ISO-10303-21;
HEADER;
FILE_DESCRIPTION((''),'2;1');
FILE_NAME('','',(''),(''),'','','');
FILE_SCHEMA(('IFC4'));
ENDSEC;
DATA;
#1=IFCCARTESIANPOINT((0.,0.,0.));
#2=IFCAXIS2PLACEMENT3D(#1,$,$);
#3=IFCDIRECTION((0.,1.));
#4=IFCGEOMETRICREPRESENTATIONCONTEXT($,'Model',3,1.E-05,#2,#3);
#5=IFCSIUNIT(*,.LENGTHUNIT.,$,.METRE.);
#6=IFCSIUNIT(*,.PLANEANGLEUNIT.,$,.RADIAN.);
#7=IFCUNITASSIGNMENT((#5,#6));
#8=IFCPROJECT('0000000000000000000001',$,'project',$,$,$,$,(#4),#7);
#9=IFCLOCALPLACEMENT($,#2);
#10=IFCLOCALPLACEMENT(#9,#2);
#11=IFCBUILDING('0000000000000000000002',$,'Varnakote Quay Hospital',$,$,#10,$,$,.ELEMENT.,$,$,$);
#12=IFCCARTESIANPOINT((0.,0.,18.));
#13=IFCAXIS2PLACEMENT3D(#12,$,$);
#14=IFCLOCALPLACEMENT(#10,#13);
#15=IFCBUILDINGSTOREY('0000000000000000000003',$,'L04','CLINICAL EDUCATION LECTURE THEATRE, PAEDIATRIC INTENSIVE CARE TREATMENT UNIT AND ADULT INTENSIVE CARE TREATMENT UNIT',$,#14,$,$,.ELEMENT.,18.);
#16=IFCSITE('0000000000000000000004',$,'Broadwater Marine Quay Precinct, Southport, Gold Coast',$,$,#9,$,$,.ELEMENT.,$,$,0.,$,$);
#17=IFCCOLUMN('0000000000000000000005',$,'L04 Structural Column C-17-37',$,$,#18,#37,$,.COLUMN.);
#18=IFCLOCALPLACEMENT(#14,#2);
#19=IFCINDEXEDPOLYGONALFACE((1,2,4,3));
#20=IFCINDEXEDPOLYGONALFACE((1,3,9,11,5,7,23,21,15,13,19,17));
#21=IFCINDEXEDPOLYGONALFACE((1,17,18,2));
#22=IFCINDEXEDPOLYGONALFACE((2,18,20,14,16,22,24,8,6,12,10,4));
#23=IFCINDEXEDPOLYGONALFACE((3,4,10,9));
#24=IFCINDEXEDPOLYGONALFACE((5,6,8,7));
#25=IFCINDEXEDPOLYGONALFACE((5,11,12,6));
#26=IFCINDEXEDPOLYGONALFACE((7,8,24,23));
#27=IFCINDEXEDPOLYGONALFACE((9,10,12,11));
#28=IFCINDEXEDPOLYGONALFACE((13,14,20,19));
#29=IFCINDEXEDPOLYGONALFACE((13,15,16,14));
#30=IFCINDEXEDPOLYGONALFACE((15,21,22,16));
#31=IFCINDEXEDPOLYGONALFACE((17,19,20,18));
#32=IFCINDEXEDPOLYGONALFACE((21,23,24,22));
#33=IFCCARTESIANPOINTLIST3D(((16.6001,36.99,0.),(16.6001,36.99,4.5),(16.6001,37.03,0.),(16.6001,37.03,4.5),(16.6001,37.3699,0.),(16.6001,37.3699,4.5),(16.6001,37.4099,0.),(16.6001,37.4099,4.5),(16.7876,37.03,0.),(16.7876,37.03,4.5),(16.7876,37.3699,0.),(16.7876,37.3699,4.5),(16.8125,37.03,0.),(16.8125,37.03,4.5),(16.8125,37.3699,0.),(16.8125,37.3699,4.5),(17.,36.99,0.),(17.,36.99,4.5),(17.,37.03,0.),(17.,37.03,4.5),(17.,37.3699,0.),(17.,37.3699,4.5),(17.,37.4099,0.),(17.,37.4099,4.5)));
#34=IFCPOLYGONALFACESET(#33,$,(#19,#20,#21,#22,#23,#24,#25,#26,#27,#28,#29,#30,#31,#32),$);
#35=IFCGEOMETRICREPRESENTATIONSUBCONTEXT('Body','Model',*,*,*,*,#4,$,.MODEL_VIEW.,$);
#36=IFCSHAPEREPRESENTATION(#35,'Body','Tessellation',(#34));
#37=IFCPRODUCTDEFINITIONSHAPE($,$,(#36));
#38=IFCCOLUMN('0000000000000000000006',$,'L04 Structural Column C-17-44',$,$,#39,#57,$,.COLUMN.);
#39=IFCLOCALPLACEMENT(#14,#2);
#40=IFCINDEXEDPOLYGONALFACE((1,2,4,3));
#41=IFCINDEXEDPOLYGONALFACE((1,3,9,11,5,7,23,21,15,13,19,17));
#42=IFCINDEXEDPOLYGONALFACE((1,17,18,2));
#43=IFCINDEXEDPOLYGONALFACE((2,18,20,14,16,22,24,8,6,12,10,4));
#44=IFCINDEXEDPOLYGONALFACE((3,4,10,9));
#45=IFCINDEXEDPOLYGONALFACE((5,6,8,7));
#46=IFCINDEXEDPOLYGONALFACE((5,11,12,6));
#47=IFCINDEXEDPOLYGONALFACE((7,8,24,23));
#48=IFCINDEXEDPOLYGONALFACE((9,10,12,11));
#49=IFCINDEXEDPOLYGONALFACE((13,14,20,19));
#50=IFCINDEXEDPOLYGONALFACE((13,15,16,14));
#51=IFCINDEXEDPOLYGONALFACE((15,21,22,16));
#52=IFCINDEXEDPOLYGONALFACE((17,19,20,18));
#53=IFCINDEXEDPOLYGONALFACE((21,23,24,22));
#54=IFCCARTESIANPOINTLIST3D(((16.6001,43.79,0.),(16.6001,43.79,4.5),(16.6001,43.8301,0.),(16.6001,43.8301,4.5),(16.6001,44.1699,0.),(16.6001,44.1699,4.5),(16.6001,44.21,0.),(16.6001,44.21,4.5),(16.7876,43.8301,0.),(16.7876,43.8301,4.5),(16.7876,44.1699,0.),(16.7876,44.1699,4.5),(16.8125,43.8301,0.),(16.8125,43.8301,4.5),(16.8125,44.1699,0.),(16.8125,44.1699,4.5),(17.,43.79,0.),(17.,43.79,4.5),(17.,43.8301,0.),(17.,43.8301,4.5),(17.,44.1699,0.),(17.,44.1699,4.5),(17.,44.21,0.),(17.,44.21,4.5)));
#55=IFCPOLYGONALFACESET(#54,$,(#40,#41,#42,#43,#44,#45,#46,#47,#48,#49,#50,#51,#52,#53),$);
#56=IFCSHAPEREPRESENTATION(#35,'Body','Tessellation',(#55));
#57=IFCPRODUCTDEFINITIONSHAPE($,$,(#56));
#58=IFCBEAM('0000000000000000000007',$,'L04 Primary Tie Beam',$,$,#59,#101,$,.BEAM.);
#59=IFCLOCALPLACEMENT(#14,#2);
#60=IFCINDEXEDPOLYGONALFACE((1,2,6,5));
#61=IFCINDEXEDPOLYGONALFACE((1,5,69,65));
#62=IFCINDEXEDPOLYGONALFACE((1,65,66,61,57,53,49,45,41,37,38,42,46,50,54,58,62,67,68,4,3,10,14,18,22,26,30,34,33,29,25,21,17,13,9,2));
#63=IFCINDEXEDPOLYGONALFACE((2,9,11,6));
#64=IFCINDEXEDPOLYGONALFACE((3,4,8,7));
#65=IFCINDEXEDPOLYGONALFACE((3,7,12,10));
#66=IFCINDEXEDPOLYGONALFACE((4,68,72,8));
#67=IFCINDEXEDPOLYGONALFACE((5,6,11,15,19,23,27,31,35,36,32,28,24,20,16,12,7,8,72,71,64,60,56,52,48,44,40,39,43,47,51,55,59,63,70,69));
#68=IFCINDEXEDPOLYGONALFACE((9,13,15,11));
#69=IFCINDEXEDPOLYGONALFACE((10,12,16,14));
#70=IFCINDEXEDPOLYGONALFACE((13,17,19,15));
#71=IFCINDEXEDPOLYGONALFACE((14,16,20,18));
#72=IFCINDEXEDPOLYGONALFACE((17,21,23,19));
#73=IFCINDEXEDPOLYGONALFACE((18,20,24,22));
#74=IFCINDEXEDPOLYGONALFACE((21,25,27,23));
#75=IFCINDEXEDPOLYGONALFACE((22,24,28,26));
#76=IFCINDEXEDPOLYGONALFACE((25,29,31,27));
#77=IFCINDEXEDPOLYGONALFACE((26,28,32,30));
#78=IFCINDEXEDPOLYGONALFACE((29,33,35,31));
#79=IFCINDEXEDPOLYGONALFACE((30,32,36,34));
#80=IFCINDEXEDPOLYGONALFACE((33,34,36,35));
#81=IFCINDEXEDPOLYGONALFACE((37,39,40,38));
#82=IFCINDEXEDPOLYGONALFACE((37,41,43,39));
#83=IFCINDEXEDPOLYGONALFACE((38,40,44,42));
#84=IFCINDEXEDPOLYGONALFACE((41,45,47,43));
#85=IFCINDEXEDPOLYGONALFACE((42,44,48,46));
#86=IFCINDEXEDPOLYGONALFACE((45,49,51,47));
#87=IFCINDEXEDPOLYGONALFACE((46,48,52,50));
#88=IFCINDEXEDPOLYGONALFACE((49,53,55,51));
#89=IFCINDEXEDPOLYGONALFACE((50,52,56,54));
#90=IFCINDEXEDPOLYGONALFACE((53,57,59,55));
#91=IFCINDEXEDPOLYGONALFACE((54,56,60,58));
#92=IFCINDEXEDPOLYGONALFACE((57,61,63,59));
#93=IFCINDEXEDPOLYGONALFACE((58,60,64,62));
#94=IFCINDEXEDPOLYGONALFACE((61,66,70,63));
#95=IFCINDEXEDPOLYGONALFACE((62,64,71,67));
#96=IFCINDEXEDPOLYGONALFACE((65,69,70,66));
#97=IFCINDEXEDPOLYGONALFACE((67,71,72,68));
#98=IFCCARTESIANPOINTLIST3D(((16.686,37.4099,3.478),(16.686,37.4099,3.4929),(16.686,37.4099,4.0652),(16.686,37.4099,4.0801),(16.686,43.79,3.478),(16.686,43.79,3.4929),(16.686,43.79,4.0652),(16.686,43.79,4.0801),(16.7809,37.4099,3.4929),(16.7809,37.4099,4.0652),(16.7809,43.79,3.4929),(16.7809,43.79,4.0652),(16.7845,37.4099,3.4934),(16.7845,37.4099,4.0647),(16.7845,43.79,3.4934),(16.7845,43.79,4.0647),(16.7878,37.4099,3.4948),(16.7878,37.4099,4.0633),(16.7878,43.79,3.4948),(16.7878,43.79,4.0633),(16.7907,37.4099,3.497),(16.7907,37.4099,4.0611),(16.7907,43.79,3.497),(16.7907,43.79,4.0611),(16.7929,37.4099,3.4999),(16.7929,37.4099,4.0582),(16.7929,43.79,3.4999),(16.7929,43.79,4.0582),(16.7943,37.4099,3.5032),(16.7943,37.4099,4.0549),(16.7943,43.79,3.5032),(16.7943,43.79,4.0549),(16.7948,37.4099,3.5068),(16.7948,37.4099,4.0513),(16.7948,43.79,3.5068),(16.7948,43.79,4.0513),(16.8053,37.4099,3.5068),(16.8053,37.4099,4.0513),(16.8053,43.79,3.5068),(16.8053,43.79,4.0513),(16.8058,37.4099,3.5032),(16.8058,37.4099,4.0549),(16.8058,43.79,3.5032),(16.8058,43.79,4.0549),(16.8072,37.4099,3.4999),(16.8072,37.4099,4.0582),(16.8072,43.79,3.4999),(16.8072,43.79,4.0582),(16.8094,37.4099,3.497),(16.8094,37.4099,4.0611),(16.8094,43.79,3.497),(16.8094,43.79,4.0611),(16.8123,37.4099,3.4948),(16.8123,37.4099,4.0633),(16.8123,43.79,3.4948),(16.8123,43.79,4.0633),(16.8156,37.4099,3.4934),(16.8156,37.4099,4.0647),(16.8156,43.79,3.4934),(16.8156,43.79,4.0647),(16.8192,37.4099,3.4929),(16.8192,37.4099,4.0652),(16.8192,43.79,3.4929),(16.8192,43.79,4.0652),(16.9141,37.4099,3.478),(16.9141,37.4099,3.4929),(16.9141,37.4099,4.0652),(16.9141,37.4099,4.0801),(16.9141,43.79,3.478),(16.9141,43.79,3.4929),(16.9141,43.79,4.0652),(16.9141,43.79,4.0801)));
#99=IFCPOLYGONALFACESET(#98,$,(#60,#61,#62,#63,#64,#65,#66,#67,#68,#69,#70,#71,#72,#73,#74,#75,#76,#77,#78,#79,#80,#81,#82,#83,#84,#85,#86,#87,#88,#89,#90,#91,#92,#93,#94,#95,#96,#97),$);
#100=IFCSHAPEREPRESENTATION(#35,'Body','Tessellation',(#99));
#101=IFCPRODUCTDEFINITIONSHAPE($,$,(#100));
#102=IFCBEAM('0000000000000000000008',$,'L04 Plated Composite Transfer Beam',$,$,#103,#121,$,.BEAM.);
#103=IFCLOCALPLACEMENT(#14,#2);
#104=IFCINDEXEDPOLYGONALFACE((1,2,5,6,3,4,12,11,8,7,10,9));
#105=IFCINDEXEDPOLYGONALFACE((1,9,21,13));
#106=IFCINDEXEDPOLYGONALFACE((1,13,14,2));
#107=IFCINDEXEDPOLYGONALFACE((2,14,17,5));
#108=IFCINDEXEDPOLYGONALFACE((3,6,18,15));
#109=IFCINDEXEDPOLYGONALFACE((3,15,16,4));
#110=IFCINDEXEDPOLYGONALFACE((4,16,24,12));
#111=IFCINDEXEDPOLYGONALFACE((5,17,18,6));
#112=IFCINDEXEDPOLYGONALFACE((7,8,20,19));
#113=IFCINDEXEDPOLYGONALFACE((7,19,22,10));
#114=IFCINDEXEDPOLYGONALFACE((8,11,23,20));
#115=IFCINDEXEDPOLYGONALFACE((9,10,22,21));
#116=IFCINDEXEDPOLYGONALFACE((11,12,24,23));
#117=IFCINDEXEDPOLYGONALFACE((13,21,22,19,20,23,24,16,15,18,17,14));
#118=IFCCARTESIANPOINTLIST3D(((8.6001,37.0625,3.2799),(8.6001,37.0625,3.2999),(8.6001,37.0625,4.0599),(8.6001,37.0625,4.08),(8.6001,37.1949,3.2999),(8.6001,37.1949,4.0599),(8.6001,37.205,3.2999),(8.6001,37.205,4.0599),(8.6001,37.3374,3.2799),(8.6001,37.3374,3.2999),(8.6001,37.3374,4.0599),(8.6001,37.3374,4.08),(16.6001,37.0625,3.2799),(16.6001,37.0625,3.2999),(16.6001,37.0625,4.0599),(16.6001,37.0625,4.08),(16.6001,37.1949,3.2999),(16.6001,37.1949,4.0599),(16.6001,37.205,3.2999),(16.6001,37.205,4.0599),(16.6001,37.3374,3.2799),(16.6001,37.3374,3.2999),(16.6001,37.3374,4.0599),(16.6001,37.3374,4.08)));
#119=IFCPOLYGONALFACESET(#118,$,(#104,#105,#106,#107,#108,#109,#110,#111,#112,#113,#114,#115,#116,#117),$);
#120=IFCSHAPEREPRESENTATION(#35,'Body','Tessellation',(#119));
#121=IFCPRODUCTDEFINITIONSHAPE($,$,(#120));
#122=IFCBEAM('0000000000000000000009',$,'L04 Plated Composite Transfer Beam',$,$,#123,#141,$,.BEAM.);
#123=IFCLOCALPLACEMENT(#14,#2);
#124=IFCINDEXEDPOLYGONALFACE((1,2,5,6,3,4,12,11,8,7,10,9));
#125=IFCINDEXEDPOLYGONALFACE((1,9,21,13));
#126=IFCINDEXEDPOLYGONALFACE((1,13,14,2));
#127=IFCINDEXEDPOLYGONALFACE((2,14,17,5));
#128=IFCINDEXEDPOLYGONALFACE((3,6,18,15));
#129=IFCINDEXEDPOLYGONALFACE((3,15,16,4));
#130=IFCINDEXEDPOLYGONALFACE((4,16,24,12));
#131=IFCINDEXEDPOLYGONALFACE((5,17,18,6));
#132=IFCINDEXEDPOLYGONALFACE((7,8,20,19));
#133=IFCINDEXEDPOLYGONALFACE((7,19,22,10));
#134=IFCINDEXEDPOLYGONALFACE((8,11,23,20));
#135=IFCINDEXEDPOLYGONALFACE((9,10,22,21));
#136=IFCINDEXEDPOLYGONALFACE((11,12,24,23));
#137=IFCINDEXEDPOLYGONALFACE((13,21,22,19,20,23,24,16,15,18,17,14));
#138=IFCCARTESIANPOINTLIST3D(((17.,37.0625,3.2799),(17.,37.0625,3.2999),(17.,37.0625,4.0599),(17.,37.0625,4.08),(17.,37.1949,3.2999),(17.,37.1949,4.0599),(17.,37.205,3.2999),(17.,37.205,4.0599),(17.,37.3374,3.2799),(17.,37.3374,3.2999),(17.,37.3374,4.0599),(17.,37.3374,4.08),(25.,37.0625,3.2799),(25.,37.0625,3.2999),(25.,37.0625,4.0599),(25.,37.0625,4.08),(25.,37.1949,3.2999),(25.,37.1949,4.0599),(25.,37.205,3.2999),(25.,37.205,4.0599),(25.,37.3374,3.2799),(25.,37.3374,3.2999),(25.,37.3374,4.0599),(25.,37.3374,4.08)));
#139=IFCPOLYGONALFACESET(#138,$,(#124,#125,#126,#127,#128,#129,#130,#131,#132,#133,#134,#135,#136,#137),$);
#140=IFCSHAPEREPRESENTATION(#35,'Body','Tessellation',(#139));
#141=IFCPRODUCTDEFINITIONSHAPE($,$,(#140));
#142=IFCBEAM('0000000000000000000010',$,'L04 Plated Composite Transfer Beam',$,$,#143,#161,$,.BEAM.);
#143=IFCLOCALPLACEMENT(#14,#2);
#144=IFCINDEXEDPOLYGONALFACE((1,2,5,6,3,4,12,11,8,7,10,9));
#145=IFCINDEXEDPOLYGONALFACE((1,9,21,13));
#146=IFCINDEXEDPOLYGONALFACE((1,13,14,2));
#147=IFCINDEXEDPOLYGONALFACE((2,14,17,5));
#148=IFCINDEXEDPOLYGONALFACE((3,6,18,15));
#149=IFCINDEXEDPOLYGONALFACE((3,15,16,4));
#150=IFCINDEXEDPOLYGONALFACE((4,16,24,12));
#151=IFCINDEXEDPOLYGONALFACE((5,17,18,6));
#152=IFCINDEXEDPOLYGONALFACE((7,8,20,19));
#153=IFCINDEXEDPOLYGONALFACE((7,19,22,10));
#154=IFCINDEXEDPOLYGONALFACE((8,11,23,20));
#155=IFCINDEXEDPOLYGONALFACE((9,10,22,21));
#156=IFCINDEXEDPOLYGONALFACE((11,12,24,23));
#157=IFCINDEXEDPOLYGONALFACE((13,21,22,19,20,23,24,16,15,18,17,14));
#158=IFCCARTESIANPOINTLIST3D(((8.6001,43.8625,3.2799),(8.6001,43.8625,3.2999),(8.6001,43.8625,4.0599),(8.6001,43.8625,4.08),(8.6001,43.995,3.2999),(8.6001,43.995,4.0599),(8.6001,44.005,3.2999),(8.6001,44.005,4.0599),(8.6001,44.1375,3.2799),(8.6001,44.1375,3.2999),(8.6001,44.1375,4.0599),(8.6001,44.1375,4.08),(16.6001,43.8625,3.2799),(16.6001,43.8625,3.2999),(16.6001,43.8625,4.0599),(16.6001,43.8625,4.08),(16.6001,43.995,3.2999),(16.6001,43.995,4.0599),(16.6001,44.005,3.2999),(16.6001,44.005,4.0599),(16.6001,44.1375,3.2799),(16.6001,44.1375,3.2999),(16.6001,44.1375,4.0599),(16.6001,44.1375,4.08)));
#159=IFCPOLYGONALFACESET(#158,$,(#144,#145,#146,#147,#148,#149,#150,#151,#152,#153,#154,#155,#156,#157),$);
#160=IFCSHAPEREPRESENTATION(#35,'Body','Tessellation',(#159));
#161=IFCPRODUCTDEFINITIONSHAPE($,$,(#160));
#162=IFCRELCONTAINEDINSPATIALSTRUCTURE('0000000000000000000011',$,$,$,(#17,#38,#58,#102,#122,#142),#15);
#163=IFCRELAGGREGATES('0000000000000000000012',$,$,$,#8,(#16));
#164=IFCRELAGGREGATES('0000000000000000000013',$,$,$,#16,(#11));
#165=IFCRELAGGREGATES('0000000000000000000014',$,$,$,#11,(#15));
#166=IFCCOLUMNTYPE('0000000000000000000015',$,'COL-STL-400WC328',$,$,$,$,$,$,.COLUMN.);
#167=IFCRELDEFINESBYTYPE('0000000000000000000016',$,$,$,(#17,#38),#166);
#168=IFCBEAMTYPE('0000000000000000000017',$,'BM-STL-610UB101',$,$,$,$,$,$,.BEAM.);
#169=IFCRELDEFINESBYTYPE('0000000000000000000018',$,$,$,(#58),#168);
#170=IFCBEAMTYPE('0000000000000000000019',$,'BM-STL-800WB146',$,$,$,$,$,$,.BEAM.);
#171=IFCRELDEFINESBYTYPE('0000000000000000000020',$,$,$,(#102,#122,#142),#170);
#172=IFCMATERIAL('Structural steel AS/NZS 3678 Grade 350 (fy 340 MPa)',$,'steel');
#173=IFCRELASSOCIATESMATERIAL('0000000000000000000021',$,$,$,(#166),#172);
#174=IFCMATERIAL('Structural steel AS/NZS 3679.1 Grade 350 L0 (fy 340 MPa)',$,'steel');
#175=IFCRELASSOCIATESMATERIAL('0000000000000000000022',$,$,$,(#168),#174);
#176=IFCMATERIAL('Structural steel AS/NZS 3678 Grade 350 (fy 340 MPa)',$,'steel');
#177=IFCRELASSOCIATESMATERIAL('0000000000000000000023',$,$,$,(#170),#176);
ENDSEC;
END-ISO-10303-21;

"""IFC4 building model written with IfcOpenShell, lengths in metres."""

from ifc_helpers import new_model, si_unit, direction, frame, origin, origin_2d, place, context, subcontext, project, spatial, i_section, extrude, material, material_profile, profile_set, type_object, element, save


model = new_model("IFC4")

# Units and contexts
model_context = context("Model", 3, precision=1e-05, world=origin(), true_north=direction((0.0, 1.0)))
body_context = subcontext(model_context, "Body", "Model", "MODEL_VIEW")
ifc_project = project(units=[si_unit("LENGTHUNIT", "METRE"), si_unit("PLANEANGLEUNIT", "RADIAN")], contexts=[model_context])

# Site, building, storey
site_placement = place(None, origin())
site = spatial("IfcSite", under=ifc_project, at=site_placement, Name="Broadwater Marine Quay Precinct, Southport, Gold Coast", CompositionType="ELEMENT", RefElevation=0.0)
building_placement = place(site_placement, origin())
building = spatial("IfcBuilding", under=site, at=building_placement, Name="Varnakote Quay Hospital", CompositionType="ELEMENT")
storey_placement = place(building_placement, frame((0.0, 0.0, 18.0)))
storey = spatial("IfcBuildingStorey", under=building, at=storey_placement, Name="L04", Description="CLINICAL EDUCATION LECTURE THEATRE, PAEDIATRIC INTENSIVE CARE TREATMENT UNIT AND ADULT INTENSIVE CARE TREATMENT UNIT", CompositionType="ELEMENT", Elevation=18.0)

# Columns
ifc_material_1 = material(Name="Structural steel AS/NZS 3678 Grade 350 (fy 340 MPa)", Category="steel")
ifc_material_profile_1 = material_profile(ifc_material_1, i_section(OverallWidth=0.3999, OverallDepth=0.4199, WebThickness=0.0249, FlangeThickness=0.04, at=origin_2d()), Name="400WC328")
ifc_profile_set_1 = profile_set([ifc_material_profile_1], Name="Structural steel AS/NZS 3678 Grade 350 (fy 340 MPa)")
column_type = type_object("IfcColumnType", Name="COL-STL-400WC328", PredefinedType="COLUMN", material=ifc_profile_set_1)
for number, where, z_axis, x_axis, name in (
    (1, (16.8, 37.2, 0.0), (0.0, 0.0, 1.0), (1.0, 0.0, 0.0), "L04 Structural Column C-17-37"),
    (2, (16.8, 44.0, 0.0), (0.0, 0.0, 1.0), (1.0, 0.0, 0.0), "L04 Structural Column C-17-44"),
):
    element("IfcColumn", number, at=place(storey_placement, frame(where, z_axis=z_axis, x_axis=x_axis)), inside=storey, type_object=column_type, Name=name, PredefinedType="COLUMN", context=body_context, shape_type="SweptSolid", body=[
        extrude(i_section(OverallWidth=0.3999, OverallDepth=0.4199, WebThickness=0.0249, FlangeThickness=0.04, at=origin_2d()), origin(), (0.0, 0.0, 1.0), 4.5),
    ])

# Beams
ifc_material_2 = material(Name="Structural steel AS/NZS 3679.1 Grade 350 L0 (fy 340 MPa)", Category="steel")
ifc_material_profile_2 = material_profile(ifc_material_2, i_section(OverallWidth=0.228, OverallDepth=0.6021, WebThickness=0.0105, FlangeThickness=0.0149, FilletRadius=0.0139, at=origin_2d()), Name="610UB101")
ifc_profile_set_2 = profile_set([ifc_material_profile_2], Name="Structural steel AS/NZS 3679.1 Grade 350 L0 (fy 340 MPa)")
beam_type_1 = type_object("IfcBeamType", Name="BM-STL-610UB101", PredefinedType="BEAM", material=ifc_profile_set_2)
beam_1_placement = place(storey_placement, frame((16.8, 37.4099, 3.7791), z_axis=(0.0, 1.0, 0.0), x_axis=(-1.0, 0.0, 0.0)))
element("IfcBeam", 3, at=beam_1_placement, inside=storey, type_object=beam_type_1, Name="L04 Primary Tie Beam", PredefinedType="BEAM", context=body_context, shape_type="SweptSolid", body=[
    extrude(i_section(OverallWidth=0.228, OverallDepth=0.6021, WebThickness=0.0105, FlangeThickness=0.0149, FilletRadius=0.0139, at=origin_2d()), origin(), (0.0, 0.0, 1.0), 6.3801),
])
ifc_material_3 = material(Name="Structural steel AS/NZS 3678 Grade 350 (fy 340 MPa)", Category="steel")
ifc_material_profile_3 = material_profile(ifc_material_3, i_section(OverallWidth=0.2749, OverallDepth=0.8, WebThickness=0.01, FlangeThickness=0.02, at=origin_2d()), Name="800WB146")
ifc_profile_set_3 = profile_set([ifc_material_profile_3], Name="Structural steel AS/NZS 3678 Grade 350 (fy 340 MPa)")
beam_type_2 = type_object("IfcBeamType", Name="BM-STL-800WB146", PredefinedType="BEAM", material=ifc_profile_set_3)
for number, where, z_axis, x_axis, name in (
    (4, (8.6001, 37.2, 3.6799), (1.0, 0.0, 0.0), (0.0, 1.0, 0.0), "L04 Plated Composite Transfer Beam"),
    (5, (17.0, 37.2, 3.6799), (1.0, 0.0, 0.0), (0.0, 1.0, 0.0), "L04 Plated Composite Transfer Beam"),
    (6, (8.6001, 44.0, 3.6799), (1.0, 0.0, 0.0), (0.0, 1.0, 0.0), "L04 Plated Composite Transfer Beam"),
):
    element("IfcBeam", number, at=place(storey_placement, frame(where, z_axis=z_axis, x_axis=x_axis)), inside=storey, type_object=beam_type_2, Name=name, PredefinedType="BEAM", context=body_context, shape_type="SweptSolid", body=[
        extrude(i_section(OverallWidth=0.2749, OverallDepth=0.8, WebThickness=0.01, FlangeThickness=0.02, at=origin_2d()), origin(), (0.0, 0.0, 1.0), 8.0),
    ])

save(model, "model.ifc")
